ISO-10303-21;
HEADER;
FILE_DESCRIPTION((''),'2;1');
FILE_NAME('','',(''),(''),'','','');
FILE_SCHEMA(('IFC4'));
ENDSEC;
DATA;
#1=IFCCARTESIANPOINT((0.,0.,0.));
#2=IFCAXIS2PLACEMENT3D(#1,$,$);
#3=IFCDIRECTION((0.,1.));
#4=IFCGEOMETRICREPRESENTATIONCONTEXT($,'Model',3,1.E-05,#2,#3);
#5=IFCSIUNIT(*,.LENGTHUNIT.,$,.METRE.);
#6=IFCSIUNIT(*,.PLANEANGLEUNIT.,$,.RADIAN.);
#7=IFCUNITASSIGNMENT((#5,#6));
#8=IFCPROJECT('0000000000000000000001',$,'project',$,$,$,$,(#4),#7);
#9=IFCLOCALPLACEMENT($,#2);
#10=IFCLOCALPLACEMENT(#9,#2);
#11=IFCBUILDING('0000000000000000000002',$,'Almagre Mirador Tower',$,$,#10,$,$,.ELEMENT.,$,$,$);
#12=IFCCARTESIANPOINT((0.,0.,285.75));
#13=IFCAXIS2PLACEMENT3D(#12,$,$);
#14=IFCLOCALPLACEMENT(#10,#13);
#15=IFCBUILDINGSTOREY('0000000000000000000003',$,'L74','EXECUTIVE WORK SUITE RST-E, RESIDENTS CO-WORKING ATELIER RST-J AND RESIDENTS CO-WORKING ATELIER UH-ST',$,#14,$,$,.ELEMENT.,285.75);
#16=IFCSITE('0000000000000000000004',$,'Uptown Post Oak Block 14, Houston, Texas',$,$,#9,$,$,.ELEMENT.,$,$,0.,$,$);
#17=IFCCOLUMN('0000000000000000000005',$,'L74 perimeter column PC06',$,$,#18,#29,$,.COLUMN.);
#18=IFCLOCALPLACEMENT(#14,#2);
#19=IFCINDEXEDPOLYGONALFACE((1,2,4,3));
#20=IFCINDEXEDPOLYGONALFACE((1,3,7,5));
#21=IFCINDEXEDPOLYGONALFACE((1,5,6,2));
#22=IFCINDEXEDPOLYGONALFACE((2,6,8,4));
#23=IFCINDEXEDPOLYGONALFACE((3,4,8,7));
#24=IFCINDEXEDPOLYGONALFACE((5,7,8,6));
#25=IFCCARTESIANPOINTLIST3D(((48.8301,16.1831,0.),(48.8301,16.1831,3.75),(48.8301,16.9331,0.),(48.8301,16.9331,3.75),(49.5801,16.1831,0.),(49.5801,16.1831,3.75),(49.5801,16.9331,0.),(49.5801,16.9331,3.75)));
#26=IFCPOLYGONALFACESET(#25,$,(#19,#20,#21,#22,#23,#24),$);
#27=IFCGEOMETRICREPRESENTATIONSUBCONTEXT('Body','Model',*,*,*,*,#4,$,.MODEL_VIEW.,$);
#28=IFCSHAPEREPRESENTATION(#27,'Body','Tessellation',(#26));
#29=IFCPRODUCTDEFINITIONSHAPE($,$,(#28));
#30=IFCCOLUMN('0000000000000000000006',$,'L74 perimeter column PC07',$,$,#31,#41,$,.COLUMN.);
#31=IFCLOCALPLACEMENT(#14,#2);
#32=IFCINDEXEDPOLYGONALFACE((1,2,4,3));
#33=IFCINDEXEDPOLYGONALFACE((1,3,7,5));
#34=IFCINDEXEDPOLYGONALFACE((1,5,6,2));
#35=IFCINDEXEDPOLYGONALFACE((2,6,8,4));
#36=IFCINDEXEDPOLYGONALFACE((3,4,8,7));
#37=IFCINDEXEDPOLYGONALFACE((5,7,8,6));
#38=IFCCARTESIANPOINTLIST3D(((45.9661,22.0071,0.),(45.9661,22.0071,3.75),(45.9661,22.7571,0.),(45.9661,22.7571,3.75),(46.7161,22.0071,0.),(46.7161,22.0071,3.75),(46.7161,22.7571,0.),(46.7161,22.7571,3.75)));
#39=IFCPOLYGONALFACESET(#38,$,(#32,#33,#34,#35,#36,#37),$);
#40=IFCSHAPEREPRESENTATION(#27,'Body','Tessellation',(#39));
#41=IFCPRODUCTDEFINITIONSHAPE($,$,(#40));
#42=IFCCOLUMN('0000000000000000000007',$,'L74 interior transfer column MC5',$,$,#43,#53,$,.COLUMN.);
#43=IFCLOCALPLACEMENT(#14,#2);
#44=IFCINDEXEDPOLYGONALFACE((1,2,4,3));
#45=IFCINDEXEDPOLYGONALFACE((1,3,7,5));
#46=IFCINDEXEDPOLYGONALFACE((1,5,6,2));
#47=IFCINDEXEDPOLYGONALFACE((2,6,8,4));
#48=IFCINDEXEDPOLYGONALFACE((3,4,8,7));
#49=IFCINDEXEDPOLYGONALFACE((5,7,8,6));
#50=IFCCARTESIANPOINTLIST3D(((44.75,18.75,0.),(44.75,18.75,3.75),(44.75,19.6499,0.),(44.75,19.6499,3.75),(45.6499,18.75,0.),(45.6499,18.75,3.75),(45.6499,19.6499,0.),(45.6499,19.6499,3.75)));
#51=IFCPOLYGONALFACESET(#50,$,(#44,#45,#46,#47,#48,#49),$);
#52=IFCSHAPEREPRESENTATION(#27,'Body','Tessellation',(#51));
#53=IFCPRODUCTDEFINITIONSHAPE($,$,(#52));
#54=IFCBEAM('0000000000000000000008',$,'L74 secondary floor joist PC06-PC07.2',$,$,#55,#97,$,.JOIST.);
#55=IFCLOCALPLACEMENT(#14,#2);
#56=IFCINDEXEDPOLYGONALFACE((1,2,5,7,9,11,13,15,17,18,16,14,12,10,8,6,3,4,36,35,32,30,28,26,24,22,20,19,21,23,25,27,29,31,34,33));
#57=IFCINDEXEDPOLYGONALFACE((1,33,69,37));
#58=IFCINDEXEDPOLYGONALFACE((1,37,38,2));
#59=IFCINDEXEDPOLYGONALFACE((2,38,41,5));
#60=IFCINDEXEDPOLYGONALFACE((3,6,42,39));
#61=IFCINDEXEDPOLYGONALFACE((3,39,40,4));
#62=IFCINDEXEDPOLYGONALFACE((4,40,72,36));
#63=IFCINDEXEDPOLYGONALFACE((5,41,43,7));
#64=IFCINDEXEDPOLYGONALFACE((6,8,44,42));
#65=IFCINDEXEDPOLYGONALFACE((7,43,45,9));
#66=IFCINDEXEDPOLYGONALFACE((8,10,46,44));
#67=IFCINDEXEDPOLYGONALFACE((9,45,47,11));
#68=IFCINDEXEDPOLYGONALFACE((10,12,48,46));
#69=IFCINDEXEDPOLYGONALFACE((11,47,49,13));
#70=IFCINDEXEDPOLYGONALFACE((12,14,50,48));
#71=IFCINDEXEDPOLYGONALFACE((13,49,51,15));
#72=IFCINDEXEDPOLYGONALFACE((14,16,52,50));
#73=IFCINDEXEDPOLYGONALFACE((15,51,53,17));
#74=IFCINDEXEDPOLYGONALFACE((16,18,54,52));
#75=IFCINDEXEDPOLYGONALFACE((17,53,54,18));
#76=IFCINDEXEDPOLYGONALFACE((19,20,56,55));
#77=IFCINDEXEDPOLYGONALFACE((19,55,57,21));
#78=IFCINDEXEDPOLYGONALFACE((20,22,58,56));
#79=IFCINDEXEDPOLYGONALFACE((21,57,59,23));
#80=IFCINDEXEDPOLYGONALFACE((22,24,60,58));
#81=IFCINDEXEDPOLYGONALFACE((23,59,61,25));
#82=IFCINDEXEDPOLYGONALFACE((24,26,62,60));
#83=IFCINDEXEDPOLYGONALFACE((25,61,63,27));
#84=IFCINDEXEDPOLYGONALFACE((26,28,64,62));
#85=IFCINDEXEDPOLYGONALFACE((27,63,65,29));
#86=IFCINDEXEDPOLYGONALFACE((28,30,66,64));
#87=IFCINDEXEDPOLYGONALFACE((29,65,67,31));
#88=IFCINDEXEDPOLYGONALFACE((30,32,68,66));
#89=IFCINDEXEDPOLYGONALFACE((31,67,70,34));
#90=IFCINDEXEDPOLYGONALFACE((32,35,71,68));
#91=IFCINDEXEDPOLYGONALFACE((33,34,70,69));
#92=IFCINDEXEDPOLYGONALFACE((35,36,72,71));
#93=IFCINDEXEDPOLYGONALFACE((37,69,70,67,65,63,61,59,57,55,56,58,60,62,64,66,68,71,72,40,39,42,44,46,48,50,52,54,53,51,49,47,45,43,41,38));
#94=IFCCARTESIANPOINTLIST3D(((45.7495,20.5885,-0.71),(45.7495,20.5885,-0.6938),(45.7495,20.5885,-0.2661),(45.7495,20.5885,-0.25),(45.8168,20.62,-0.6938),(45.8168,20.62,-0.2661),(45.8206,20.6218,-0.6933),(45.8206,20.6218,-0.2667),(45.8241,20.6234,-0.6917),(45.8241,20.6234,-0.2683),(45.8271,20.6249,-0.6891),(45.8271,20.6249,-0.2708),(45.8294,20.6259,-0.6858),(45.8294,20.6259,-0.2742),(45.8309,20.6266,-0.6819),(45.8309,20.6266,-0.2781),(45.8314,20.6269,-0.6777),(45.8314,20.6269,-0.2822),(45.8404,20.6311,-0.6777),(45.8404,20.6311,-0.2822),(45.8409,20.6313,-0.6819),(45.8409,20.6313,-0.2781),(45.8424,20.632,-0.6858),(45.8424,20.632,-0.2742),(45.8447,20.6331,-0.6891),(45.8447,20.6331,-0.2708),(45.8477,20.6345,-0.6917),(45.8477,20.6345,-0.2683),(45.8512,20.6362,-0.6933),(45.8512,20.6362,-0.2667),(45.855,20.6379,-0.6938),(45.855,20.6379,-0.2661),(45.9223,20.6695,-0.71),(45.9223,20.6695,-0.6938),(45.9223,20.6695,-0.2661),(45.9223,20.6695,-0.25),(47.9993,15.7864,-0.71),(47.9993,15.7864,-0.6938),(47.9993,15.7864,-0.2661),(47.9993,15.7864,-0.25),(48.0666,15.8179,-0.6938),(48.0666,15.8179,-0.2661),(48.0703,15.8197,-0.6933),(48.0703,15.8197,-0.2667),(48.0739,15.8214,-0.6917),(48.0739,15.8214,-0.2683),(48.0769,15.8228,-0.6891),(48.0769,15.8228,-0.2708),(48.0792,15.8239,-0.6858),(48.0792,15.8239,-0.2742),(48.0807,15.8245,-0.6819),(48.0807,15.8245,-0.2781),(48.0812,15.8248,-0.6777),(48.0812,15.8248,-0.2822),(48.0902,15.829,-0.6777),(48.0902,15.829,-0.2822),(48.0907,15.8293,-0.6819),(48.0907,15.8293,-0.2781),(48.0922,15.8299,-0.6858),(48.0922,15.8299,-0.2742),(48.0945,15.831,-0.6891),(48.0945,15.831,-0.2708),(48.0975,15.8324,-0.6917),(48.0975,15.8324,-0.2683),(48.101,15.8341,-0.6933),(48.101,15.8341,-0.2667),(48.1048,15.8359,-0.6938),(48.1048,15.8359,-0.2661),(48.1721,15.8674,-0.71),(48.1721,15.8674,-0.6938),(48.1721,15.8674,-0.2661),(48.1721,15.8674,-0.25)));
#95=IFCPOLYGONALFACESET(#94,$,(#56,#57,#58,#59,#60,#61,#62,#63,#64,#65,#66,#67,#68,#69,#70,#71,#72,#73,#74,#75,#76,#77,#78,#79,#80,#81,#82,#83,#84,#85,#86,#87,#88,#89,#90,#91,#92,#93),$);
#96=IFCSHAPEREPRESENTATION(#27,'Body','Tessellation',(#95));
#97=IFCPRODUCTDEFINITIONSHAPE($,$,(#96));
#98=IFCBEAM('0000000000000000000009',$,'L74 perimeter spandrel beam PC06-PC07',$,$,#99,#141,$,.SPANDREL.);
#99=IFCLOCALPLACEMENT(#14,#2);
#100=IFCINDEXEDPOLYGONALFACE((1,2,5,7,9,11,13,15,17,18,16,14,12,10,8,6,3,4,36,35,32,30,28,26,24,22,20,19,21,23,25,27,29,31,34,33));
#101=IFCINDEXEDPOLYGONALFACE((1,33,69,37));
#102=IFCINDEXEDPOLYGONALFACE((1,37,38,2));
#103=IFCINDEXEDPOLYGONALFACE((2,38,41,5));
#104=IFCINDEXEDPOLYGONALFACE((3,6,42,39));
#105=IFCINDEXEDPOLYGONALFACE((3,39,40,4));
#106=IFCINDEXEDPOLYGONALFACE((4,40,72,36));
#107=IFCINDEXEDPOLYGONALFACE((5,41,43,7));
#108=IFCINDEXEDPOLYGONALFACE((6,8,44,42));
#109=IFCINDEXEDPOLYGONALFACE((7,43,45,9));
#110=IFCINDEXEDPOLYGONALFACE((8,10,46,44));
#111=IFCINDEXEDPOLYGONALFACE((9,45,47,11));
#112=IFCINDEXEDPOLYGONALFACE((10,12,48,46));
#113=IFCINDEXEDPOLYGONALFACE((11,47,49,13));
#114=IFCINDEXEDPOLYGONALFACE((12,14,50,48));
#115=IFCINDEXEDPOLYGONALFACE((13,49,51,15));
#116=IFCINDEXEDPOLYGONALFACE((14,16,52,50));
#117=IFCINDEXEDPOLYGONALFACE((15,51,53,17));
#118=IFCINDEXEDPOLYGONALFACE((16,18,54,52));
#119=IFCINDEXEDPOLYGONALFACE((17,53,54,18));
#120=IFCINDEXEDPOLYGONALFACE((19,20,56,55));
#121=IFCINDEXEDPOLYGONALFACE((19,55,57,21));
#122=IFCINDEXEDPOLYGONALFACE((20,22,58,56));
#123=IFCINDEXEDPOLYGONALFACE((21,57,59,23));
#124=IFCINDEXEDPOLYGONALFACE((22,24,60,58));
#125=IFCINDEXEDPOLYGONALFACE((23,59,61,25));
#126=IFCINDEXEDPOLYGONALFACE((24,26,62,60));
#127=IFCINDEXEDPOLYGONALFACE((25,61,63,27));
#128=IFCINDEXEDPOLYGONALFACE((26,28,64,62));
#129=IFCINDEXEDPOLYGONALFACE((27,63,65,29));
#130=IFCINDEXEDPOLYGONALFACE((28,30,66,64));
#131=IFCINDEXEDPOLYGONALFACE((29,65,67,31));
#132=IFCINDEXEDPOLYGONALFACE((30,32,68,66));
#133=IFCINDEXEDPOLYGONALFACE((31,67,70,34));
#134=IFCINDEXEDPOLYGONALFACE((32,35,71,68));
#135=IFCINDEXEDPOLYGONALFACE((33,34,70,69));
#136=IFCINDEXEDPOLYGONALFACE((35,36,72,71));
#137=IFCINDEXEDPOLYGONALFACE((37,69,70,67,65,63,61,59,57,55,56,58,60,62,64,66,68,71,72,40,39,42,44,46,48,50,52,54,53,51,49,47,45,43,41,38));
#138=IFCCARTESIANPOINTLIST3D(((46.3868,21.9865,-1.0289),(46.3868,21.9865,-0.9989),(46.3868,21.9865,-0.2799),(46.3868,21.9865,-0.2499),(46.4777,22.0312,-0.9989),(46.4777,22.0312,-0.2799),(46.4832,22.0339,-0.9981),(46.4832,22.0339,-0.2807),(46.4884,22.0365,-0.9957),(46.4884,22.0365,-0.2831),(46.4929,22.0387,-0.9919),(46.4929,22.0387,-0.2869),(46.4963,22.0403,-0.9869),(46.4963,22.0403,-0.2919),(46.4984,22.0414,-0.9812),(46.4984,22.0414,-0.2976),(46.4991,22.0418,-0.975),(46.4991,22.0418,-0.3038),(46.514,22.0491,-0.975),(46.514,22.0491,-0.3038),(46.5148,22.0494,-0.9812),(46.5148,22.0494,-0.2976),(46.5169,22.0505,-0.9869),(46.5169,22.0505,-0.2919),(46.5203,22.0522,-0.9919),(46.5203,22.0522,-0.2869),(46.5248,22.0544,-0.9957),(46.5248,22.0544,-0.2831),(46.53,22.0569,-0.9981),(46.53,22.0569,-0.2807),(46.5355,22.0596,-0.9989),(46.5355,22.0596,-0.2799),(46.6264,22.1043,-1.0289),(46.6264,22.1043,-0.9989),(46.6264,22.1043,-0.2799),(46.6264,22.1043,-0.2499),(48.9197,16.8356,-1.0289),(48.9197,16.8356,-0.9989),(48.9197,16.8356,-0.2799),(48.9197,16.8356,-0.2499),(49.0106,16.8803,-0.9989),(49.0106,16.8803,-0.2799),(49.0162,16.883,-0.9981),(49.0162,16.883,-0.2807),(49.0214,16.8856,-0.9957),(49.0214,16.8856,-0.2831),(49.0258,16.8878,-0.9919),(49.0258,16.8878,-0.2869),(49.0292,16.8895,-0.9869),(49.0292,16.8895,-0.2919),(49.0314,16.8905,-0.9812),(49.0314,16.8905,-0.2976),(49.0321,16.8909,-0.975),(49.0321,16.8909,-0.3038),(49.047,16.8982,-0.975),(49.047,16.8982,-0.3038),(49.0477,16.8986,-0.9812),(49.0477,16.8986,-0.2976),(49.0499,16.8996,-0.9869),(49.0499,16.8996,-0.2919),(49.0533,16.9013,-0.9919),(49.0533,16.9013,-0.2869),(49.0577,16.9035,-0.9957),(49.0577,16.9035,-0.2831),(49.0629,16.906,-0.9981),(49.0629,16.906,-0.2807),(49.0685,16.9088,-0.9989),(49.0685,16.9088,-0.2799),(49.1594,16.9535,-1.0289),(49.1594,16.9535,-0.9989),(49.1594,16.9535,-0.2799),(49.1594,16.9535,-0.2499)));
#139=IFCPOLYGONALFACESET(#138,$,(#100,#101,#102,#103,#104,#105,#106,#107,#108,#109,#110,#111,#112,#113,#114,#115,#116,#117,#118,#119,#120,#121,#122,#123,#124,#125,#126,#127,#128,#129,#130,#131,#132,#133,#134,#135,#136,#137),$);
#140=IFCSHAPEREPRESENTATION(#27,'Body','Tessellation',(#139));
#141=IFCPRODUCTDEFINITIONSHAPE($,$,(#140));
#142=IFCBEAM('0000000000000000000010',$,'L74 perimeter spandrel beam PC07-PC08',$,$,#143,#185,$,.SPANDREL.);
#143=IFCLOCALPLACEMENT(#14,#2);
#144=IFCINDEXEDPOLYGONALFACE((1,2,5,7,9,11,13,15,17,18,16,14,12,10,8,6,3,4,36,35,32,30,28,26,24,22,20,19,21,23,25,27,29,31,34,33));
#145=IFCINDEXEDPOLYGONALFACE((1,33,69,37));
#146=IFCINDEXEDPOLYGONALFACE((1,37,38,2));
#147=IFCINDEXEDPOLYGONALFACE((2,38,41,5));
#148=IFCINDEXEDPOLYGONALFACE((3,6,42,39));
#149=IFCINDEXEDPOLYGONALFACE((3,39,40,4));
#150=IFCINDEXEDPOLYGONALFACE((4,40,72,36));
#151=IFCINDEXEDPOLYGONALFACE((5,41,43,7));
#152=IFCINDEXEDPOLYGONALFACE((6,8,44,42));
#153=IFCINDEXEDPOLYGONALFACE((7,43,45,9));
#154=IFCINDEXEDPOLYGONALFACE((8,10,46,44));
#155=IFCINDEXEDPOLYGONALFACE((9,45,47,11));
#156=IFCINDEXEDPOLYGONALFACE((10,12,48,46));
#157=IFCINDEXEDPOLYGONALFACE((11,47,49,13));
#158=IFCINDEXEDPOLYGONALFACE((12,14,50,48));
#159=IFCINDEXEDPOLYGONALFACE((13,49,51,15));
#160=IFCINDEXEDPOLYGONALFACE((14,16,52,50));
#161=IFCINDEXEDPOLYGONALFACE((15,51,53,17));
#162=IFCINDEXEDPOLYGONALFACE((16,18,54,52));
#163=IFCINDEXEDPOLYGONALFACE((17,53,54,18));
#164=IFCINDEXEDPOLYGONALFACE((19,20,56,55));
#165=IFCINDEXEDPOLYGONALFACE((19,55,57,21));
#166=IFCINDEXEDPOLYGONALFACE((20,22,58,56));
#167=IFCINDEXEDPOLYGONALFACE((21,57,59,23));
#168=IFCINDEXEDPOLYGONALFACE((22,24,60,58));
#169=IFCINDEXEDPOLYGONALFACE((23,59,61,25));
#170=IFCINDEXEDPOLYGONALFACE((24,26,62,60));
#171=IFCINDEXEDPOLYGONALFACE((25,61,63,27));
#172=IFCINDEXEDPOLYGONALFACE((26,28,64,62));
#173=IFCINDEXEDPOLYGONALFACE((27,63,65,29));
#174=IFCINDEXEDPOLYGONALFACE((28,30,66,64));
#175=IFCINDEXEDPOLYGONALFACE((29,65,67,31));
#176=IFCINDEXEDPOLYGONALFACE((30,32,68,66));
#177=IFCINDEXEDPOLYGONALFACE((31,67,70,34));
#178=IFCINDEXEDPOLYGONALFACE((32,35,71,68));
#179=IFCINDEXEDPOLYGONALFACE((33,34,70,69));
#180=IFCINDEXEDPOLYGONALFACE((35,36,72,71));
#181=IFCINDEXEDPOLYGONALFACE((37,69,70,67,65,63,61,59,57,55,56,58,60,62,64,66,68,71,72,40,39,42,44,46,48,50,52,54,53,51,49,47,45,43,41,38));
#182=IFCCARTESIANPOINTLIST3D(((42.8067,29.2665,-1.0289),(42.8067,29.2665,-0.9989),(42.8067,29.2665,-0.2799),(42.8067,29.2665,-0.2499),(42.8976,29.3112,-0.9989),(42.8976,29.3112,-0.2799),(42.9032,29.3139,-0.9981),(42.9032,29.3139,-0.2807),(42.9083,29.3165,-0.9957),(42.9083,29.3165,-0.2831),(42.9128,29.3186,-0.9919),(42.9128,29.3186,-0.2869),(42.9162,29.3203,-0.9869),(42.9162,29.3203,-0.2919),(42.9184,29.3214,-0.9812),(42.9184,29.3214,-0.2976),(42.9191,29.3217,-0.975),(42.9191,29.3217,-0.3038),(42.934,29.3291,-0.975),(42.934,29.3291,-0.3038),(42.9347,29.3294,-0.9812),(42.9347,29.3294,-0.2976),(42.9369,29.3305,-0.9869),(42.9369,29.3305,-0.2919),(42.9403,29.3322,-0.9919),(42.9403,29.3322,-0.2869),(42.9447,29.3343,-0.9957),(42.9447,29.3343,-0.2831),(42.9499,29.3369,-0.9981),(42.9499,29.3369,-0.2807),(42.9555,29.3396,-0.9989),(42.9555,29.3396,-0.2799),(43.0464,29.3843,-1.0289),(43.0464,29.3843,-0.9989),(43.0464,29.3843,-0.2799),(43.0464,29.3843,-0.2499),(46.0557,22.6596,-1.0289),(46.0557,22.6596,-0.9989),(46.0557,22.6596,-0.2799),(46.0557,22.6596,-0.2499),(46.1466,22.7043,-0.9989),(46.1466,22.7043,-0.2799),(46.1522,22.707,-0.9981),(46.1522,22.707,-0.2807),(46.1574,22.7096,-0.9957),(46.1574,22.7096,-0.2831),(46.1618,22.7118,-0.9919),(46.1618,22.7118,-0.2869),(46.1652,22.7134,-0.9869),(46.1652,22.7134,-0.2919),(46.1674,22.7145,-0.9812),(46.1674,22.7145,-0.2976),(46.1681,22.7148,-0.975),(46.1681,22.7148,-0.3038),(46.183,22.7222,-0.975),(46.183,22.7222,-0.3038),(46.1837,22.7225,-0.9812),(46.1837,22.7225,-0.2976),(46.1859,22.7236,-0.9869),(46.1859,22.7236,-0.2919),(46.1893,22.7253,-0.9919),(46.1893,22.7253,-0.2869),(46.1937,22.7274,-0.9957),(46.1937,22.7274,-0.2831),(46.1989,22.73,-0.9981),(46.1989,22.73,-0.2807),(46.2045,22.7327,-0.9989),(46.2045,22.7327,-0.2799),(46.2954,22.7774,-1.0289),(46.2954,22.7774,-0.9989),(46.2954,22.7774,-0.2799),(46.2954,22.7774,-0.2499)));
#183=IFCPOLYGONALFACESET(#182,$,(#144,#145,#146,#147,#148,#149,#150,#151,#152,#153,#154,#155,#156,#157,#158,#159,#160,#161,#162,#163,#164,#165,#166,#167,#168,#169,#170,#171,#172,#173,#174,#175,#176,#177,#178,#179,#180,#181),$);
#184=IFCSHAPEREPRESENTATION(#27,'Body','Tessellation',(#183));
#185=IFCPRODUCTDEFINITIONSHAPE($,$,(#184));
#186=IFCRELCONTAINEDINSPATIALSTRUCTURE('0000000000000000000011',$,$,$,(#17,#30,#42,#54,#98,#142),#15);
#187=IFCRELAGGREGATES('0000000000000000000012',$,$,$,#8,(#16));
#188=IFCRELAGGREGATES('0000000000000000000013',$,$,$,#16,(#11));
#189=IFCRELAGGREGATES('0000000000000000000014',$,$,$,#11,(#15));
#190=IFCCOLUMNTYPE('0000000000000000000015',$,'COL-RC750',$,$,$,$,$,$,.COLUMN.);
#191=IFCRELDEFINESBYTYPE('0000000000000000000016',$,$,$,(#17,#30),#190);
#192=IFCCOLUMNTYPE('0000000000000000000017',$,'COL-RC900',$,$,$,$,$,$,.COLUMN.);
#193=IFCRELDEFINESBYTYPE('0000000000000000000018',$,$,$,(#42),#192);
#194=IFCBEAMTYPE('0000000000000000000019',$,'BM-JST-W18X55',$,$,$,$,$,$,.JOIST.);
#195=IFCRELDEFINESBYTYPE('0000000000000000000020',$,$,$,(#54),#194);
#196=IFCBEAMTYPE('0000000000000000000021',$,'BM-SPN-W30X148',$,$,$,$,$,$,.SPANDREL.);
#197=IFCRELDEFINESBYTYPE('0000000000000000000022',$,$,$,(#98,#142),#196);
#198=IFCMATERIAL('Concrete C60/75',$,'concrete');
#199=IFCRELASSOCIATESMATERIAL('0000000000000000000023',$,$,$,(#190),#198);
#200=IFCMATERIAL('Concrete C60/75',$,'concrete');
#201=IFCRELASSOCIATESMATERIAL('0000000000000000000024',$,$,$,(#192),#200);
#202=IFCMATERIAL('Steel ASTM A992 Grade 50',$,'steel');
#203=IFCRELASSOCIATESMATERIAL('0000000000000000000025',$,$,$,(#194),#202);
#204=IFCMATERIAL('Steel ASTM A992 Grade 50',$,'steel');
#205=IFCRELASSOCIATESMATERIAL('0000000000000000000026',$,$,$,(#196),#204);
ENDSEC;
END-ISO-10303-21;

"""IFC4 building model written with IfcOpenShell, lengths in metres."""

from ifc_helpers import new_model, si_unit, direction, frame, origin, origin_2d, place, context, subcontext, project, spatial, rectangle, i_section, extrude, material, material_profile, profile_set, type_object, element, save


model = new_model("IFC4")

# Units and contexts
model_context = context("Model", 3, precision=1e-05, world=origin(), true_north=direction((0.0, 1.0)))
body_context = subcontext(model_context, "Body", "Model", "MODEL_VIEW")
ifc_project = project(units=[si_unit("LENGTHUNIT", "METRE"), si_unit("PLANEANGLEUNIT", "RADIAN")], contexts=[model_context])

# Site, building, storey
site_placement = place(None, origin())
site = spatial("IfcSite", under=ifc_project, at=site_placement, Name="Uptown Post Oak Block 14, Houston, Texas", CompositionType="ELEMENT", RefElevation=0.0)
building_placement = place(site_placement, origin())
building = spatial("IfcBuilding", under=site, at=building_placement, Name="Almagre Mirador Tower", CompositionType="ELEMENT")
storey_placement = place(building_placement, frame((0.0, 0.0, 285.75)))
storey = spatial("IfcBuildingStorey", under=building, at=storey_placement, Name="L74", Description="EXECUTIVE WORK SUITE RST-E, RESIDENTS CO-WORKING ATELIER RST-J AND RESIDENTS CO-WORKING ATELIER UH-ST", CompositionType="ELEMENT", Elevation=285.75)

# Columns
ifc_material_1 = material(Name="Concrete C60/75", Category="concrete")
ifc_material_profile_1 = material_profile(ifc_material_1, rectangle(XDim=0.75, YDim=0.75, at=origin_2d()), Name="RC750X750")
ifc_profile_set_1 = profile_set([ifc_material_profile_1], Name="Concrete C60/75")
column_type_1 = type_object("IfcColumnType", Name="COL-RC750", PredefinedType="COLUMN", material=ifc_profile_set_1)
for number, where, z_axis, x_axis, name in (
    (1, (49.2051, 16.5581, 0.0), (0.0, 0.0, 1.0), (1.0, 0.0, 0.0), "L74 perimeter column PC06"),
    (2, (46.3411, 22.3821, 0.0), (0.0, 0.0, 1.0), (1.0, 0.0, 0.0), "L74 perimeter column PC07"),
):
    element("IfcColumn", number, at=place(storey_placement, frame(where, z_axis=z_axis, x_axis=x_axis)), inside=storey, type_object=column_type_1, Name=name, PredefinedType="COLUMN", context=body_context, shape_type="SweptSolid", body=[
        extrude(rectangle(XDim=0.75, YDim=0.75, at=origin_2d()), origin(), (0.0, 0.0, 1.0), 3.75),
    ])
ifc_material_2 = material(Name="Concrete C60/75", Category="concrete")
ifc_material_profile_2 = material_profile(ifc_material_2, rectangle(XDim=0.8999, YDim=0.8999, at=origin_2d()), Name="RC900X900")
ifc_profile_set_2 = profile_set([ifc_material_profile_2], Name="Concrete C60/75")
column_type_2 = type_object("IfcColumnType", Name="COL-RC900", PredefinedType="COLUMN", material=ifc_profile_set_2)
column_placement = place(storey_placement, frame((45.2, 19.2, 0.0), z_axis=(0.0, 0.0, 1.0), x_axis=(1.0, 0.0, 0.0)))
element("IfcColumn", 3, at=column_placement, inside=storey, type_object=column_type_2, Name="L74 interior transfer column MC5", PredefinedType="COLUMN", context=body_context, shape_type="SweptSolid", body=[
    extrude(rectangle(XDim=0.8999, YDim=0.8999, at=origin_2d()), origin(), (0.0, 0.0, 1.0), 3.75),
])

# Beams
ifc_material_3 = material(Name="Steel ASTM A992 Grade 50", Category="steel")
ifc_material_profile_3 = material_profile(ifc_material_3, i_section(OverallWidth=0.1909, OverallDepth=0.46, WebThickness=0.01, FlangeThickness=0.0161, FilletRadius=0.0161, at=origin_2d()), Name="W18X55")
ifc_profile_set_3 = profile_set([ifc_material_profile_3], Name="Steel ASTM A992 Grade 50")
beam_type_1 = type_object("IfcBeamType", Name="BM-JST-W18X55", PredefinedType="JOIST", material=ifc_profile_set_3)
beam_1_placement = place(storey_placement, frame((48.0857, 15.8269, -0.48), z_axis=(-0.424251, 0.905545, 0.0), x_axis=(-0.905545, -0.424251, 0.0)))
element("IfcBeam", 4, at=beam_1_placement, inside=storey, type_object=beam_type_1, Name="L74 secondary floor joist PC06-PC07.2", PredefinedType="JOIST", context=body_context, shape_type="SweptSolid", body=[
    extrude(i_section(OverallWidth=0.1909, OverallDepth=0.46, WebThickness=0.01, FlangeThickness=0.0161, FilletRadius=0.0161, at=origin_2d()), origin(), (0.0, 0.0, 1.0), 5.303),
])
ifc_material_4 = material(Name="Steel ASTM A992 Grade 50", Category="steel")
ifc_material_profile_4 = material_profile(ifc_material_4, i_section(OverallWidth=0.2671, OverallDepth=0.7791, WebThickness=0.0166, FlangeThickness=0.03, FilletRadius=0.0239, at=origin_2d()), Name="W30X148")
ifc_profile_set_4 = profile_set([ifc_material_profile_4], Name="Steel ASTM A992 Grade 50")
beam_type_2 = type_object("IfcBeamType", Name="BM-SPN-W30X148", PredefinedType="SPANDREL", material=ifc_profile_set_4)
beam_2_placement = place(storey_placement, frame((49.0396, 16.8945, -0.6394), z_axis=(-0.441283, 0.897368, 0.0), x_axis=(-0.897368, -0.441283, 0.0)))
element("IfcBeam", 5, at=beam_2_placement, inside=storey, type_object=beam_type_2, Name="L74 perimeter spandrel beam PC06-PC07", PredefinedType="SPANDREL", context=body_context, shape_type="SweptSolid", body=[
    extrude(i_section(OverallWidth=0.2671, OverallDepth=0.7791, WebThickness=0.0166, FlangeThickness=0.03, FilletRadius=0.0239, at=origin_2d()), origin(), (0.0, 0.0, 1.0), 5.74),
])
beam_3_placement = place(storey_placement, frame((46.1755, 22.7185, -0.6394), z_axis=(-0.441288, 0.897365, 0.0), x_axis=(-0.897365, -0.441288, 0.0)))
element("IfcBeam", 6, at=beam_3_placement, inside=storey, type_object=beam_type_2, Name="L74 perimeter spandrel beam PC07-PC08", PredefinedType="SPANDREL", context=body_context, shape_type="SweptSolid", body=[
    extrude(i_section(OverallWidth=0.2671, OverallDepth=0.7791, WebThickness=0.0166, FlangeThickness=0.03, FilletRadius=0.0239, at=origin_2d()), origin(), (0.0, 0.0, 1.0), 7.3625),
])

save(model, "model.ifc")
